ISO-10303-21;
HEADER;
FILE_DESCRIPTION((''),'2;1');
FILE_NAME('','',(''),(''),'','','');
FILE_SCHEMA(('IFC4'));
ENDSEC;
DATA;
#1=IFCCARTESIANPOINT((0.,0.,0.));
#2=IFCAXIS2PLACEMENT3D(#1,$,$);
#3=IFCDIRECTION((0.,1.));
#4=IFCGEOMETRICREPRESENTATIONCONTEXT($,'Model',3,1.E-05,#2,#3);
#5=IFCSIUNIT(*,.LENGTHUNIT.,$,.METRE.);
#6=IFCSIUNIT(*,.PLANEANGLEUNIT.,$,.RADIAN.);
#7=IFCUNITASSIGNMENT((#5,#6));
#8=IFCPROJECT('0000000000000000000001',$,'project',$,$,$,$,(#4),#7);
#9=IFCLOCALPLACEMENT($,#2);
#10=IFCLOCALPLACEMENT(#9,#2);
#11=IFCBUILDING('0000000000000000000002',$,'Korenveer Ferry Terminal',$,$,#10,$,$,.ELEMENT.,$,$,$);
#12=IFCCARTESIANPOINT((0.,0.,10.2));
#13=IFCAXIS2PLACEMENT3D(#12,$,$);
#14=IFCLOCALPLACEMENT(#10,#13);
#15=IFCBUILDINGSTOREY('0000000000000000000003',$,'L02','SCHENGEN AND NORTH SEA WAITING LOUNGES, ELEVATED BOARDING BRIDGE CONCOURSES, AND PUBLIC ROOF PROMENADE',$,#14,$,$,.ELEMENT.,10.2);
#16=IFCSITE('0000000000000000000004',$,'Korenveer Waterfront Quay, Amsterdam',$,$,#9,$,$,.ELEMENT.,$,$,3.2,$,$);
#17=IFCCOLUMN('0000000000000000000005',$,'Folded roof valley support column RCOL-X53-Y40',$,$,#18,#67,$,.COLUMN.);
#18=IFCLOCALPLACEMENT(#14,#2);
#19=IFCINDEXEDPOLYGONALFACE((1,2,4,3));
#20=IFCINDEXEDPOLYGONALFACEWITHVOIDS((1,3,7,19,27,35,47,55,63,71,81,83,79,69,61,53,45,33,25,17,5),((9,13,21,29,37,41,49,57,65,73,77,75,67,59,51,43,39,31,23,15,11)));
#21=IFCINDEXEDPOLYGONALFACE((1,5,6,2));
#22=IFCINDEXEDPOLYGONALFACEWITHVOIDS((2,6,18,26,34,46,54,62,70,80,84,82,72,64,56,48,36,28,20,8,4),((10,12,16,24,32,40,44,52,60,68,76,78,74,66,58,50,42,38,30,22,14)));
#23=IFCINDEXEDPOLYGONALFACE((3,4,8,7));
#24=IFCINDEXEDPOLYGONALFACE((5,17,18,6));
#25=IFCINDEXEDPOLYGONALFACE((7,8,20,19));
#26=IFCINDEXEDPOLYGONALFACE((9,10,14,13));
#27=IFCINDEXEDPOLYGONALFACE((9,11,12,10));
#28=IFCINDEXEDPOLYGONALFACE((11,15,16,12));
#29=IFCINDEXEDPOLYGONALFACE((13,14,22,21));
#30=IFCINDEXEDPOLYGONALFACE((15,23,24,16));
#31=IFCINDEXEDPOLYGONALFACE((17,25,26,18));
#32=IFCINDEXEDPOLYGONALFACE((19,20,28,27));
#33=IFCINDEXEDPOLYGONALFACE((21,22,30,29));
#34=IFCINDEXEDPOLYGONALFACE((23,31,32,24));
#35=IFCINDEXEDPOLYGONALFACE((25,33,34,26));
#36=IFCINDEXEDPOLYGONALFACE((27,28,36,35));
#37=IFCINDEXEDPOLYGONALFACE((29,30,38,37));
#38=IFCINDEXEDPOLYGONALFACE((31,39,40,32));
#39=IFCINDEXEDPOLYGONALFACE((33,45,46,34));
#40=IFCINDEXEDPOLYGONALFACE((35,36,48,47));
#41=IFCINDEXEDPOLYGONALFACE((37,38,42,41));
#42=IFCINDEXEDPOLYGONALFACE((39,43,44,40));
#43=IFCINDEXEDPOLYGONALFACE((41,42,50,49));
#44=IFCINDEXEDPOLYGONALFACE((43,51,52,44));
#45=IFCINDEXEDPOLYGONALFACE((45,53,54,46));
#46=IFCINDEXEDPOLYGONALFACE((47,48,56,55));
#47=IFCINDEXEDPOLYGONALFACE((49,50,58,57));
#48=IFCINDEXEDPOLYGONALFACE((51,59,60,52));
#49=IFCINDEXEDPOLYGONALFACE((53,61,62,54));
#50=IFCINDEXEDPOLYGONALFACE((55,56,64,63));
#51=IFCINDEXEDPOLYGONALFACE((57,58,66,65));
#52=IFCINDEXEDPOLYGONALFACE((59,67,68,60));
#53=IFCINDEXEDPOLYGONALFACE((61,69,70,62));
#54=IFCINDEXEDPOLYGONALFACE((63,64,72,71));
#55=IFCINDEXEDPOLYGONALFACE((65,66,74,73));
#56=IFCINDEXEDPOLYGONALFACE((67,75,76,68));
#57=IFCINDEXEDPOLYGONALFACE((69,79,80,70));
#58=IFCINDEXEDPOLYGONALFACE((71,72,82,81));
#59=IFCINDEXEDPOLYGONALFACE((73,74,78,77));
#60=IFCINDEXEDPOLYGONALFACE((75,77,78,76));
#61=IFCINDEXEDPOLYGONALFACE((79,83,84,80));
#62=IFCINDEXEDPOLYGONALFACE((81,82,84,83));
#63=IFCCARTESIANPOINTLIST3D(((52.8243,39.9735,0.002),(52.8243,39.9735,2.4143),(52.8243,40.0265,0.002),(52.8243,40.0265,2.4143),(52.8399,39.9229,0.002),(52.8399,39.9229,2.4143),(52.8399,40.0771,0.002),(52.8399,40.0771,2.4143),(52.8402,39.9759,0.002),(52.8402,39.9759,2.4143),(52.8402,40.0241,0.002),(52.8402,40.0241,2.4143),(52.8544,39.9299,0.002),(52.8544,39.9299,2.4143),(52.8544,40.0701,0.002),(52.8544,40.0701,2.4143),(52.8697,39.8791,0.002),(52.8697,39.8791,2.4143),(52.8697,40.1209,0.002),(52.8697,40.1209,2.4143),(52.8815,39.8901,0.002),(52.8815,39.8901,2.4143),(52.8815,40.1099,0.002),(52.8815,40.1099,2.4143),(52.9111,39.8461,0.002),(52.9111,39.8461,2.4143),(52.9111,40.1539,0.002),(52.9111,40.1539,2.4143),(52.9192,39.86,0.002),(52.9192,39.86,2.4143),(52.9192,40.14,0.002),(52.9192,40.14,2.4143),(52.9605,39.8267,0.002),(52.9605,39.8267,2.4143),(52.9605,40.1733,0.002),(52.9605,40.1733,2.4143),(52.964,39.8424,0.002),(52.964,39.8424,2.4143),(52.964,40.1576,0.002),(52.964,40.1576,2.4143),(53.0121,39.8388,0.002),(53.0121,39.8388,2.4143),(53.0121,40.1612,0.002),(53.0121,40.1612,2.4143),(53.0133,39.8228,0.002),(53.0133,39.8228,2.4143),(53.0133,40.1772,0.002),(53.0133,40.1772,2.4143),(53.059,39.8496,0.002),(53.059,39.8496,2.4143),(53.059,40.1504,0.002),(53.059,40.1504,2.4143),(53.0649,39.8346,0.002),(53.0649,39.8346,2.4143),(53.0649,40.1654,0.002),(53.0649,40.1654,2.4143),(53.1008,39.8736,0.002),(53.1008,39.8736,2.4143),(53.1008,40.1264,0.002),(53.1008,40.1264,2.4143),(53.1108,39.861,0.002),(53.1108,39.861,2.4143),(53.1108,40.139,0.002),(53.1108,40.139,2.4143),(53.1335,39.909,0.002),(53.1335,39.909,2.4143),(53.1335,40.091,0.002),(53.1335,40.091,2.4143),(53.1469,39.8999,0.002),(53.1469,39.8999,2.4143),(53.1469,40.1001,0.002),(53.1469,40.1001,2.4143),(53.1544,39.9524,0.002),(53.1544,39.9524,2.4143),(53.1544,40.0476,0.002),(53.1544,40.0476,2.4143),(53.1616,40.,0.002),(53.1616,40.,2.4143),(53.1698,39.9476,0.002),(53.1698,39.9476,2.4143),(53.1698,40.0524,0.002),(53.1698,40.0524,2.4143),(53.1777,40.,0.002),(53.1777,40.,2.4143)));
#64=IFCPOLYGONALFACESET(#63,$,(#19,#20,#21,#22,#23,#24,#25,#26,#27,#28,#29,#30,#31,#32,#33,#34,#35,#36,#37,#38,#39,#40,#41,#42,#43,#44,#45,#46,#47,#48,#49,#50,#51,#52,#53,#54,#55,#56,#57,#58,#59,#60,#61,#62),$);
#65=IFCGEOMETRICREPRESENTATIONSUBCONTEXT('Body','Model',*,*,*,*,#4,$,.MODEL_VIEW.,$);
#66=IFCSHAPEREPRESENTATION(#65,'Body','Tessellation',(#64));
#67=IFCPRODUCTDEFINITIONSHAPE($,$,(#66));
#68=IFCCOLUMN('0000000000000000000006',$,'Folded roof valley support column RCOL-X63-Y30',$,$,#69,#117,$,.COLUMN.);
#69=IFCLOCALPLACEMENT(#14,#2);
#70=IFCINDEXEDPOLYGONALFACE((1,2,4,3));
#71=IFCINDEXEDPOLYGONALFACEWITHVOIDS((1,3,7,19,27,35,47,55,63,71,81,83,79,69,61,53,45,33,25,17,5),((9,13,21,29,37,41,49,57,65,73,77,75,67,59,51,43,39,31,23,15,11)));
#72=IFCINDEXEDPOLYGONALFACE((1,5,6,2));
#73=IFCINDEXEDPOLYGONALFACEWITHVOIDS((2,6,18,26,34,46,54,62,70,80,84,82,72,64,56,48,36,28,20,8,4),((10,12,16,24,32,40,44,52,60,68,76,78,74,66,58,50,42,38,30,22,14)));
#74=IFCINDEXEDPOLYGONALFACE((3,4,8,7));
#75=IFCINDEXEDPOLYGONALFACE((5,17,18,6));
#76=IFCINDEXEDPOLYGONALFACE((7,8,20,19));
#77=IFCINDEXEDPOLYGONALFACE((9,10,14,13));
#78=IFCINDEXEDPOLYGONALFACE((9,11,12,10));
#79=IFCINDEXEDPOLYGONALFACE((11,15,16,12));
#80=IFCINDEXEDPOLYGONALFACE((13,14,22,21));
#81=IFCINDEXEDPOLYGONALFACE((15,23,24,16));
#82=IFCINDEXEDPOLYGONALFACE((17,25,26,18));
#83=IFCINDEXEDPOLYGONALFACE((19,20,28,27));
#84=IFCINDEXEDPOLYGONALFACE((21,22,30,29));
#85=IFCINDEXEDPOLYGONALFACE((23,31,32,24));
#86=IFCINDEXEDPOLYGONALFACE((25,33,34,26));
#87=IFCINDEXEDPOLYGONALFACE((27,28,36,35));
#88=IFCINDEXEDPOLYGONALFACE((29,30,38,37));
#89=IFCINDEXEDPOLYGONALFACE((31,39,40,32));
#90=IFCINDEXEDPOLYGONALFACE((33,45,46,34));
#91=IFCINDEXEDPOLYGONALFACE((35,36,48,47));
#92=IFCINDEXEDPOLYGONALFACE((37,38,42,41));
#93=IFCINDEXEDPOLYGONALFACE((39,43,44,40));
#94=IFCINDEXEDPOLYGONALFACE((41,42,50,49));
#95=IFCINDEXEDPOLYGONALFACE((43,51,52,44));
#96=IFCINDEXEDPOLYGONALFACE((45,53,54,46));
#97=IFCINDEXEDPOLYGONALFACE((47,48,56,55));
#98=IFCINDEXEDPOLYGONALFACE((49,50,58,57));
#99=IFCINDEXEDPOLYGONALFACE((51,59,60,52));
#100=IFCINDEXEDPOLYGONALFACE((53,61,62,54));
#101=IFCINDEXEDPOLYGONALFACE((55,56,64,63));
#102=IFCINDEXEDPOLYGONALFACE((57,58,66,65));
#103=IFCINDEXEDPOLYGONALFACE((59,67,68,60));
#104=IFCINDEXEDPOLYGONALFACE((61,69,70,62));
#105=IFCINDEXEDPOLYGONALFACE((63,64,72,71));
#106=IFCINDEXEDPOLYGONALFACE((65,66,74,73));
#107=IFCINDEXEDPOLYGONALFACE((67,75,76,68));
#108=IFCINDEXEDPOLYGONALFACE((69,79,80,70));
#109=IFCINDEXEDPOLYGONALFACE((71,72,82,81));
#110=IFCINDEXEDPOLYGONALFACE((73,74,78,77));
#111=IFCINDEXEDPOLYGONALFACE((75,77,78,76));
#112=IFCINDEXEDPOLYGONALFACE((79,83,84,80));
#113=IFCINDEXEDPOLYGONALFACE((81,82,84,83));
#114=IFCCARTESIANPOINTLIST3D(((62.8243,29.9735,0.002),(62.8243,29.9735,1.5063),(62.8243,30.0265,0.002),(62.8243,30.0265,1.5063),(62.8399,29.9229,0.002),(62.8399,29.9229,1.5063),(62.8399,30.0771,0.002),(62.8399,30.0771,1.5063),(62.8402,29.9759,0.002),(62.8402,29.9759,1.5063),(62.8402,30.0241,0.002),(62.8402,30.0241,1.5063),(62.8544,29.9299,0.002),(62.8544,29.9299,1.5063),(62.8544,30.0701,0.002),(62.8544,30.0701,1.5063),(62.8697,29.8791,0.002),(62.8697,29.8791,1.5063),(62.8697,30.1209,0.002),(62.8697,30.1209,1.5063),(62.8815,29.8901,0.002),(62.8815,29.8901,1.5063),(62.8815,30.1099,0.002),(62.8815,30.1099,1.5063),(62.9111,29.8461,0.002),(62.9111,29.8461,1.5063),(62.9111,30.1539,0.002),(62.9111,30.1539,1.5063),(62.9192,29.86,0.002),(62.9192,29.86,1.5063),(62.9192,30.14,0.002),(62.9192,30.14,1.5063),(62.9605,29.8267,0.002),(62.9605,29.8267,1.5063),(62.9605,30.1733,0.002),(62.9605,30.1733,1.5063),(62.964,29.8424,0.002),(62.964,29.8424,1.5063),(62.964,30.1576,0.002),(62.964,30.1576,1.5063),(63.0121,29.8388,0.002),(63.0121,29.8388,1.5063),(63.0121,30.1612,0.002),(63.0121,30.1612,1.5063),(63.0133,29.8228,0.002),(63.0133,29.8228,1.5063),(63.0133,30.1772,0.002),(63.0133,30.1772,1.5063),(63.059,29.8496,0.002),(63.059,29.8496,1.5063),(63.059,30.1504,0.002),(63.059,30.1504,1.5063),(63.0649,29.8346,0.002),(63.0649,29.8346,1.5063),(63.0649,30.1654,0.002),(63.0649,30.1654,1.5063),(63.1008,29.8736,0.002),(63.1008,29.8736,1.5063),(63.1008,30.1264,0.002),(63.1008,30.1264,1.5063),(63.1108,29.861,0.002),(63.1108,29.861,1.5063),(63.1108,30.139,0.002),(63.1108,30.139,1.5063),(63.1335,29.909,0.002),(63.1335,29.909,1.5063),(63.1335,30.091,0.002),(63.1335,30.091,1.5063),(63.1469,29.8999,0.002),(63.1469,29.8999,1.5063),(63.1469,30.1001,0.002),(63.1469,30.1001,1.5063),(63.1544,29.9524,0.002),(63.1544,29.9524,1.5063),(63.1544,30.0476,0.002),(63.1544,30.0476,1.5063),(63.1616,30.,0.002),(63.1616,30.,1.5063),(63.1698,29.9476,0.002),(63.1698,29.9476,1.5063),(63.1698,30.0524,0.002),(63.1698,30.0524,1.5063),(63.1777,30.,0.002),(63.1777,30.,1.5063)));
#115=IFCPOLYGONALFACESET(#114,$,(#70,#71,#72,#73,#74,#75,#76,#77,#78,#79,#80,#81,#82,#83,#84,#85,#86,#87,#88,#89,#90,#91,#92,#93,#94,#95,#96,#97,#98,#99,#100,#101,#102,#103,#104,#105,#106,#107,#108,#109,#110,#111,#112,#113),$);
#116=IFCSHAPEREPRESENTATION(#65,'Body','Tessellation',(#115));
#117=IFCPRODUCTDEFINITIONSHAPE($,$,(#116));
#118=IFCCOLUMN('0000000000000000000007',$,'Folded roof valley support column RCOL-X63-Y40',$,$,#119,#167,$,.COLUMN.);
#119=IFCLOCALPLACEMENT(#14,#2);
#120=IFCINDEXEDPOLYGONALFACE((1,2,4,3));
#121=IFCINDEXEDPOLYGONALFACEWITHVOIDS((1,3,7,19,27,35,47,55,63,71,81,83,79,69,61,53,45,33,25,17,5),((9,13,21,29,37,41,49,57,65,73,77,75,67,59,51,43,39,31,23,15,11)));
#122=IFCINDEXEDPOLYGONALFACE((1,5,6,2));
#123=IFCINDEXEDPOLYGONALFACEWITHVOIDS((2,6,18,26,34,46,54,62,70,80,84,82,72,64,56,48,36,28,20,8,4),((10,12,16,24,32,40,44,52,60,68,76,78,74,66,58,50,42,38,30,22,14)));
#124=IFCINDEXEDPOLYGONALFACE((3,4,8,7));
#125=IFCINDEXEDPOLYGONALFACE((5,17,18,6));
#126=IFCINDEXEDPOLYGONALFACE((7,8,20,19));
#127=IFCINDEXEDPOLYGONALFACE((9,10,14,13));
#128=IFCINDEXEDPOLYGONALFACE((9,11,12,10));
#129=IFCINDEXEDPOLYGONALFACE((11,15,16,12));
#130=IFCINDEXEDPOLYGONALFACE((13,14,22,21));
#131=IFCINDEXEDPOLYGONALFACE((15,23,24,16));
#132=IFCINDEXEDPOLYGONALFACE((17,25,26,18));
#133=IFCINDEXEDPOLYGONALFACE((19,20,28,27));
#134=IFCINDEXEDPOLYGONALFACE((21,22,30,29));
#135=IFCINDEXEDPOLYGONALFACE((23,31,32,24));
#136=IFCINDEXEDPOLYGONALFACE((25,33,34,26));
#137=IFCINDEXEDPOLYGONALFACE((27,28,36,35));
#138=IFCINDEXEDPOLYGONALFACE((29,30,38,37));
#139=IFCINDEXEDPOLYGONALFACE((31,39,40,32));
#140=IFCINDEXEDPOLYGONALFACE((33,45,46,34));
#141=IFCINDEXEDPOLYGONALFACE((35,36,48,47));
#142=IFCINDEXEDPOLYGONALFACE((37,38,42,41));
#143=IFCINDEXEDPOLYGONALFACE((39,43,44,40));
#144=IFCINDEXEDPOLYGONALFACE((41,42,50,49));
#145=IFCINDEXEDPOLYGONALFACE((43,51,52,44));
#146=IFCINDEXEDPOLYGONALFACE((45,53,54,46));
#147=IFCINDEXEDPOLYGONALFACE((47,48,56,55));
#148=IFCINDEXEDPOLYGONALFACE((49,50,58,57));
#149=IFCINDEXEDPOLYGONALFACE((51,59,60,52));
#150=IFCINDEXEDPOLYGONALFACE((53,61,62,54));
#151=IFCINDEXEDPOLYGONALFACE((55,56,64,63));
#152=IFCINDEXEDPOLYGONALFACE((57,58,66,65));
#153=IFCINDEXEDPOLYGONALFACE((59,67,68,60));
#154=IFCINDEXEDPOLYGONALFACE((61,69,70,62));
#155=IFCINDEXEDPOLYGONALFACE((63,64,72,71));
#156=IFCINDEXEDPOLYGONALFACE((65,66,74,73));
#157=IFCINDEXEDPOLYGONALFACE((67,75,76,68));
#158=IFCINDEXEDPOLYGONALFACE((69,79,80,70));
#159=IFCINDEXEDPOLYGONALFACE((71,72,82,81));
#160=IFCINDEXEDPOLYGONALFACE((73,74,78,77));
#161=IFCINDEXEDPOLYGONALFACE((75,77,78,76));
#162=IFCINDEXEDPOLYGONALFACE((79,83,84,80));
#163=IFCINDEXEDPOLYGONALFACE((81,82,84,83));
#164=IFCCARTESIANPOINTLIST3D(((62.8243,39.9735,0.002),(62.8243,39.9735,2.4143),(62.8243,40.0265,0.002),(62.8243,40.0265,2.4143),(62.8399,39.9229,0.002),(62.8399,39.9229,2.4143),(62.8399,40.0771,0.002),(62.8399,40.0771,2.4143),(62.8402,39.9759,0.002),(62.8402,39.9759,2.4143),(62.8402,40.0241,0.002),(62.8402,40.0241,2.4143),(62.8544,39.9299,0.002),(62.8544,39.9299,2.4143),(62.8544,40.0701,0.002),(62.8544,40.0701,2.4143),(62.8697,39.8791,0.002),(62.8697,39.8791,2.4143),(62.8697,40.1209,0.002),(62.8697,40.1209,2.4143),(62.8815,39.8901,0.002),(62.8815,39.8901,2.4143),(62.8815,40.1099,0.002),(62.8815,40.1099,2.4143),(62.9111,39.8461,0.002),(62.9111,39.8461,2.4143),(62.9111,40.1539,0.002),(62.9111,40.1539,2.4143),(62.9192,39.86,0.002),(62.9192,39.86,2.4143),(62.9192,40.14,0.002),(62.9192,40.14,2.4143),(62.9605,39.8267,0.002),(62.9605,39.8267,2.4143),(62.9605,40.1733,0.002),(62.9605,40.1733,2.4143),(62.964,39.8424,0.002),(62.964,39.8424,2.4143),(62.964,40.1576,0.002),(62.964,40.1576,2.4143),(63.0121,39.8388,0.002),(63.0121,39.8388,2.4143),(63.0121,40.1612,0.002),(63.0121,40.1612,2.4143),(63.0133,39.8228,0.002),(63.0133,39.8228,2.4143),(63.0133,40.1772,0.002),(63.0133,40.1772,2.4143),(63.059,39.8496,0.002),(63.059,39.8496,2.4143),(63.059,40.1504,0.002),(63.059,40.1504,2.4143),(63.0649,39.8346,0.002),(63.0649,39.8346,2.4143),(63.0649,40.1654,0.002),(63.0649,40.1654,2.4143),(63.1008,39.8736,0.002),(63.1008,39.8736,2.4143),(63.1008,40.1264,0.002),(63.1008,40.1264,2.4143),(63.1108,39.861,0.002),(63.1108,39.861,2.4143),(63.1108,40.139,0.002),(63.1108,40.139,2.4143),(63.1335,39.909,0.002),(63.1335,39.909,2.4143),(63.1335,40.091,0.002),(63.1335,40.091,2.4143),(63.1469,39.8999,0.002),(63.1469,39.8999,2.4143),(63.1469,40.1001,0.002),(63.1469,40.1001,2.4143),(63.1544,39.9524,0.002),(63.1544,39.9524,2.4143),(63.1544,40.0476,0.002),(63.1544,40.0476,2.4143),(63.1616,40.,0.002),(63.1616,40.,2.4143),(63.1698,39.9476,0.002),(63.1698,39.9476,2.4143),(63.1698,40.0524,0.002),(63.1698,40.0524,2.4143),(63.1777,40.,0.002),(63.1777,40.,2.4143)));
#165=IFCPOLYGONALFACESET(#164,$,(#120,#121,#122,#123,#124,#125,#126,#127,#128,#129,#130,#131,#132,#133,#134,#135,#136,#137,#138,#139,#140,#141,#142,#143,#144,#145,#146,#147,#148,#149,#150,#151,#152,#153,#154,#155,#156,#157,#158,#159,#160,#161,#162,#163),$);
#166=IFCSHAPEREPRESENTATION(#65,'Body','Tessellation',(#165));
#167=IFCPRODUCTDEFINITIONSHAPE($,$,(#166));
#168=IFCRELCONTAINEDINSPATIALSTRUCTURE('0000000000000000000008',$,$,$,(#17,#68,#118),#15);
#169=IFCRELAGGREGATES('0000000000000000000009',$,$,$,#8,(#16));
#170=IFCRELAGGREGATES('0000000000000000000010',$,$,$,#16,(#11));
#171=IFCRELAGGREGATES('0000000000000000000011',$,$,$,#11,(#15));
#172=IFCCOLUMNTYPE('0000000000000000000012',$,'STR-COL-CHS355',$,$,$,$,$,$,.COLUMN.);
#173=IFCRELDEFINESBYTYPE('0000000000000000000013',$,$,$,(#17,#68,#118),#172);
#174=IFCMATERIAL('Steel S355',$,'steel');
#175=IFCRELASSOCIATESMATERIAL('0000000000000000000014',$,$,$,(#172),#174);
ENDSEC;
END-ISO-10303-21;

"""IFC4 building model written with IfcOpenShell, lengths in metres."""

from ifc_helpers import new_model, si_unit, direction, frame, origin, origin_2d, place, context, subcontext, project, spatial, hollow_circle, extrude, material, material_profile, profile_set, type_object, element, save


model = new_model("IFC4")

# Units and contexts
model_context = context("Model", 3, precision=1e-05, world=origin(), true_north=direction((0.0, 1.0)))
body_context = subcontext(model_context, "Body", "Model", "MODEL_VIEW")
ifc_project = project(units=[si_unit("LENGTHUNIT", "METRE"), si_unit("PLANEANGLEUNIT", "RADIAN")], contexts=[model_context])

# Site, building, storey
site_placement = place(None, origin())
site = spatial("IfcSite", under=ifc_project, at=site_placement, Name="Korenveer Waterfront Quay, Amsterdam", CompositionType="ELEMENT", RefElevation=3.2)
building_placement = place(site_placement, origin())
building = spatial("IfcBuilding", under=site, at=building_placement, Name="Korenveer Ferry Terminal", CompositionType="ELEMENT")
storey_placement = place(building_placement, frame((0.0, 0.0, 10.2)))
storey = spatial("IfcBuildingStorey", under=building, at=storey_placement, Name="L02", Description="SCHENGEN AND NORTH SEA WAITING LOUNGES, ELEVATED BOARDING BRIDGE CONCOURSES, AND PUBLIC ROOF PROMENADE", CompositionType="ELEMENT", Elevation=10.2)

# Columns
ifc_material_1 = material(Name="Steel S355", Category="steel")
ifc_material_profile_1 = material_profile(ifc_material_1, hollow_circle(Radius=0.1777, WallThickness=0.0161, at=origin_2d()), Name="CHS 355.6x16")
ifc_profile_set_1 = profile_set([ifc_material_profile_1], Name="Steel S355")
column_type_1 = type_object("IfcColumnType", Name="STR-COL-CHS355", PredefinedType="COLUMN", material=ifc_profile_set_1)
column_1_placement = place(storey_placement, frame((53.0, 40.0, 0.002), z_axis=(0.0, 0.0, 1.0), x_axis=(1.0, 0.0, 0.0)))
element("IfcColumn", 1, at=column_1_placement, inside=storey, type_object=column_type_1, Name="Folded roof valley support column RCOL-X53-Y40", PredefinedType="COLUMN", context=body_context, shape_type="SweptSolid", body=[
    extrude(hollow_circle(Radius=0.1777, WallThickness=0.0161, at=origin_2d()), origin(), (0.0, 0.0, 1.0), 2.4124),
])
column_2_placement = place(storey_placement, frame((63.0, 30.0, 0.002), z_axis=(0.0, 0.0, 1.0), x_axis=(1.0, 0.0, 0.0)))
element("IfcColumn", 2, at=column_2_placement, inside=storey, type_object=column_type_1, Name="Folded roof valley support column RCOL-X63-Y30", PredefinedType="COLUMN", context=body_context, shape_type="SweptSolid", body=[
    extrude(hollow_circle(Radius=0.1777, WallThickness=0.0161, at=origin_2d()), origin(), (0.0, 0.0, 1.0), 1.5044),
])
column_3_placement = place(storey_placement, frame((63.0, 40.0, 0.002), z_axis=(0.0, 0.0, 1.0), x_axis=(1.0, 0.0, 0.0)))
element("IfcColumn", 3, at=column_3_placement, inside=storey, type_object=column_type_1, Name="Folded roof valley support column RCOL-X63-Y40", PredefinedType="COLUMN", context=body_context, shape_type="SweptSolid", body=[
    extrude(hollow_circle(Radius=0.1777, WallThickness=0.0161, at=origin_2d()), origin(), (0.0, 0.0, 1.0), 2.4124),
])

save(model, "model.ifc")
